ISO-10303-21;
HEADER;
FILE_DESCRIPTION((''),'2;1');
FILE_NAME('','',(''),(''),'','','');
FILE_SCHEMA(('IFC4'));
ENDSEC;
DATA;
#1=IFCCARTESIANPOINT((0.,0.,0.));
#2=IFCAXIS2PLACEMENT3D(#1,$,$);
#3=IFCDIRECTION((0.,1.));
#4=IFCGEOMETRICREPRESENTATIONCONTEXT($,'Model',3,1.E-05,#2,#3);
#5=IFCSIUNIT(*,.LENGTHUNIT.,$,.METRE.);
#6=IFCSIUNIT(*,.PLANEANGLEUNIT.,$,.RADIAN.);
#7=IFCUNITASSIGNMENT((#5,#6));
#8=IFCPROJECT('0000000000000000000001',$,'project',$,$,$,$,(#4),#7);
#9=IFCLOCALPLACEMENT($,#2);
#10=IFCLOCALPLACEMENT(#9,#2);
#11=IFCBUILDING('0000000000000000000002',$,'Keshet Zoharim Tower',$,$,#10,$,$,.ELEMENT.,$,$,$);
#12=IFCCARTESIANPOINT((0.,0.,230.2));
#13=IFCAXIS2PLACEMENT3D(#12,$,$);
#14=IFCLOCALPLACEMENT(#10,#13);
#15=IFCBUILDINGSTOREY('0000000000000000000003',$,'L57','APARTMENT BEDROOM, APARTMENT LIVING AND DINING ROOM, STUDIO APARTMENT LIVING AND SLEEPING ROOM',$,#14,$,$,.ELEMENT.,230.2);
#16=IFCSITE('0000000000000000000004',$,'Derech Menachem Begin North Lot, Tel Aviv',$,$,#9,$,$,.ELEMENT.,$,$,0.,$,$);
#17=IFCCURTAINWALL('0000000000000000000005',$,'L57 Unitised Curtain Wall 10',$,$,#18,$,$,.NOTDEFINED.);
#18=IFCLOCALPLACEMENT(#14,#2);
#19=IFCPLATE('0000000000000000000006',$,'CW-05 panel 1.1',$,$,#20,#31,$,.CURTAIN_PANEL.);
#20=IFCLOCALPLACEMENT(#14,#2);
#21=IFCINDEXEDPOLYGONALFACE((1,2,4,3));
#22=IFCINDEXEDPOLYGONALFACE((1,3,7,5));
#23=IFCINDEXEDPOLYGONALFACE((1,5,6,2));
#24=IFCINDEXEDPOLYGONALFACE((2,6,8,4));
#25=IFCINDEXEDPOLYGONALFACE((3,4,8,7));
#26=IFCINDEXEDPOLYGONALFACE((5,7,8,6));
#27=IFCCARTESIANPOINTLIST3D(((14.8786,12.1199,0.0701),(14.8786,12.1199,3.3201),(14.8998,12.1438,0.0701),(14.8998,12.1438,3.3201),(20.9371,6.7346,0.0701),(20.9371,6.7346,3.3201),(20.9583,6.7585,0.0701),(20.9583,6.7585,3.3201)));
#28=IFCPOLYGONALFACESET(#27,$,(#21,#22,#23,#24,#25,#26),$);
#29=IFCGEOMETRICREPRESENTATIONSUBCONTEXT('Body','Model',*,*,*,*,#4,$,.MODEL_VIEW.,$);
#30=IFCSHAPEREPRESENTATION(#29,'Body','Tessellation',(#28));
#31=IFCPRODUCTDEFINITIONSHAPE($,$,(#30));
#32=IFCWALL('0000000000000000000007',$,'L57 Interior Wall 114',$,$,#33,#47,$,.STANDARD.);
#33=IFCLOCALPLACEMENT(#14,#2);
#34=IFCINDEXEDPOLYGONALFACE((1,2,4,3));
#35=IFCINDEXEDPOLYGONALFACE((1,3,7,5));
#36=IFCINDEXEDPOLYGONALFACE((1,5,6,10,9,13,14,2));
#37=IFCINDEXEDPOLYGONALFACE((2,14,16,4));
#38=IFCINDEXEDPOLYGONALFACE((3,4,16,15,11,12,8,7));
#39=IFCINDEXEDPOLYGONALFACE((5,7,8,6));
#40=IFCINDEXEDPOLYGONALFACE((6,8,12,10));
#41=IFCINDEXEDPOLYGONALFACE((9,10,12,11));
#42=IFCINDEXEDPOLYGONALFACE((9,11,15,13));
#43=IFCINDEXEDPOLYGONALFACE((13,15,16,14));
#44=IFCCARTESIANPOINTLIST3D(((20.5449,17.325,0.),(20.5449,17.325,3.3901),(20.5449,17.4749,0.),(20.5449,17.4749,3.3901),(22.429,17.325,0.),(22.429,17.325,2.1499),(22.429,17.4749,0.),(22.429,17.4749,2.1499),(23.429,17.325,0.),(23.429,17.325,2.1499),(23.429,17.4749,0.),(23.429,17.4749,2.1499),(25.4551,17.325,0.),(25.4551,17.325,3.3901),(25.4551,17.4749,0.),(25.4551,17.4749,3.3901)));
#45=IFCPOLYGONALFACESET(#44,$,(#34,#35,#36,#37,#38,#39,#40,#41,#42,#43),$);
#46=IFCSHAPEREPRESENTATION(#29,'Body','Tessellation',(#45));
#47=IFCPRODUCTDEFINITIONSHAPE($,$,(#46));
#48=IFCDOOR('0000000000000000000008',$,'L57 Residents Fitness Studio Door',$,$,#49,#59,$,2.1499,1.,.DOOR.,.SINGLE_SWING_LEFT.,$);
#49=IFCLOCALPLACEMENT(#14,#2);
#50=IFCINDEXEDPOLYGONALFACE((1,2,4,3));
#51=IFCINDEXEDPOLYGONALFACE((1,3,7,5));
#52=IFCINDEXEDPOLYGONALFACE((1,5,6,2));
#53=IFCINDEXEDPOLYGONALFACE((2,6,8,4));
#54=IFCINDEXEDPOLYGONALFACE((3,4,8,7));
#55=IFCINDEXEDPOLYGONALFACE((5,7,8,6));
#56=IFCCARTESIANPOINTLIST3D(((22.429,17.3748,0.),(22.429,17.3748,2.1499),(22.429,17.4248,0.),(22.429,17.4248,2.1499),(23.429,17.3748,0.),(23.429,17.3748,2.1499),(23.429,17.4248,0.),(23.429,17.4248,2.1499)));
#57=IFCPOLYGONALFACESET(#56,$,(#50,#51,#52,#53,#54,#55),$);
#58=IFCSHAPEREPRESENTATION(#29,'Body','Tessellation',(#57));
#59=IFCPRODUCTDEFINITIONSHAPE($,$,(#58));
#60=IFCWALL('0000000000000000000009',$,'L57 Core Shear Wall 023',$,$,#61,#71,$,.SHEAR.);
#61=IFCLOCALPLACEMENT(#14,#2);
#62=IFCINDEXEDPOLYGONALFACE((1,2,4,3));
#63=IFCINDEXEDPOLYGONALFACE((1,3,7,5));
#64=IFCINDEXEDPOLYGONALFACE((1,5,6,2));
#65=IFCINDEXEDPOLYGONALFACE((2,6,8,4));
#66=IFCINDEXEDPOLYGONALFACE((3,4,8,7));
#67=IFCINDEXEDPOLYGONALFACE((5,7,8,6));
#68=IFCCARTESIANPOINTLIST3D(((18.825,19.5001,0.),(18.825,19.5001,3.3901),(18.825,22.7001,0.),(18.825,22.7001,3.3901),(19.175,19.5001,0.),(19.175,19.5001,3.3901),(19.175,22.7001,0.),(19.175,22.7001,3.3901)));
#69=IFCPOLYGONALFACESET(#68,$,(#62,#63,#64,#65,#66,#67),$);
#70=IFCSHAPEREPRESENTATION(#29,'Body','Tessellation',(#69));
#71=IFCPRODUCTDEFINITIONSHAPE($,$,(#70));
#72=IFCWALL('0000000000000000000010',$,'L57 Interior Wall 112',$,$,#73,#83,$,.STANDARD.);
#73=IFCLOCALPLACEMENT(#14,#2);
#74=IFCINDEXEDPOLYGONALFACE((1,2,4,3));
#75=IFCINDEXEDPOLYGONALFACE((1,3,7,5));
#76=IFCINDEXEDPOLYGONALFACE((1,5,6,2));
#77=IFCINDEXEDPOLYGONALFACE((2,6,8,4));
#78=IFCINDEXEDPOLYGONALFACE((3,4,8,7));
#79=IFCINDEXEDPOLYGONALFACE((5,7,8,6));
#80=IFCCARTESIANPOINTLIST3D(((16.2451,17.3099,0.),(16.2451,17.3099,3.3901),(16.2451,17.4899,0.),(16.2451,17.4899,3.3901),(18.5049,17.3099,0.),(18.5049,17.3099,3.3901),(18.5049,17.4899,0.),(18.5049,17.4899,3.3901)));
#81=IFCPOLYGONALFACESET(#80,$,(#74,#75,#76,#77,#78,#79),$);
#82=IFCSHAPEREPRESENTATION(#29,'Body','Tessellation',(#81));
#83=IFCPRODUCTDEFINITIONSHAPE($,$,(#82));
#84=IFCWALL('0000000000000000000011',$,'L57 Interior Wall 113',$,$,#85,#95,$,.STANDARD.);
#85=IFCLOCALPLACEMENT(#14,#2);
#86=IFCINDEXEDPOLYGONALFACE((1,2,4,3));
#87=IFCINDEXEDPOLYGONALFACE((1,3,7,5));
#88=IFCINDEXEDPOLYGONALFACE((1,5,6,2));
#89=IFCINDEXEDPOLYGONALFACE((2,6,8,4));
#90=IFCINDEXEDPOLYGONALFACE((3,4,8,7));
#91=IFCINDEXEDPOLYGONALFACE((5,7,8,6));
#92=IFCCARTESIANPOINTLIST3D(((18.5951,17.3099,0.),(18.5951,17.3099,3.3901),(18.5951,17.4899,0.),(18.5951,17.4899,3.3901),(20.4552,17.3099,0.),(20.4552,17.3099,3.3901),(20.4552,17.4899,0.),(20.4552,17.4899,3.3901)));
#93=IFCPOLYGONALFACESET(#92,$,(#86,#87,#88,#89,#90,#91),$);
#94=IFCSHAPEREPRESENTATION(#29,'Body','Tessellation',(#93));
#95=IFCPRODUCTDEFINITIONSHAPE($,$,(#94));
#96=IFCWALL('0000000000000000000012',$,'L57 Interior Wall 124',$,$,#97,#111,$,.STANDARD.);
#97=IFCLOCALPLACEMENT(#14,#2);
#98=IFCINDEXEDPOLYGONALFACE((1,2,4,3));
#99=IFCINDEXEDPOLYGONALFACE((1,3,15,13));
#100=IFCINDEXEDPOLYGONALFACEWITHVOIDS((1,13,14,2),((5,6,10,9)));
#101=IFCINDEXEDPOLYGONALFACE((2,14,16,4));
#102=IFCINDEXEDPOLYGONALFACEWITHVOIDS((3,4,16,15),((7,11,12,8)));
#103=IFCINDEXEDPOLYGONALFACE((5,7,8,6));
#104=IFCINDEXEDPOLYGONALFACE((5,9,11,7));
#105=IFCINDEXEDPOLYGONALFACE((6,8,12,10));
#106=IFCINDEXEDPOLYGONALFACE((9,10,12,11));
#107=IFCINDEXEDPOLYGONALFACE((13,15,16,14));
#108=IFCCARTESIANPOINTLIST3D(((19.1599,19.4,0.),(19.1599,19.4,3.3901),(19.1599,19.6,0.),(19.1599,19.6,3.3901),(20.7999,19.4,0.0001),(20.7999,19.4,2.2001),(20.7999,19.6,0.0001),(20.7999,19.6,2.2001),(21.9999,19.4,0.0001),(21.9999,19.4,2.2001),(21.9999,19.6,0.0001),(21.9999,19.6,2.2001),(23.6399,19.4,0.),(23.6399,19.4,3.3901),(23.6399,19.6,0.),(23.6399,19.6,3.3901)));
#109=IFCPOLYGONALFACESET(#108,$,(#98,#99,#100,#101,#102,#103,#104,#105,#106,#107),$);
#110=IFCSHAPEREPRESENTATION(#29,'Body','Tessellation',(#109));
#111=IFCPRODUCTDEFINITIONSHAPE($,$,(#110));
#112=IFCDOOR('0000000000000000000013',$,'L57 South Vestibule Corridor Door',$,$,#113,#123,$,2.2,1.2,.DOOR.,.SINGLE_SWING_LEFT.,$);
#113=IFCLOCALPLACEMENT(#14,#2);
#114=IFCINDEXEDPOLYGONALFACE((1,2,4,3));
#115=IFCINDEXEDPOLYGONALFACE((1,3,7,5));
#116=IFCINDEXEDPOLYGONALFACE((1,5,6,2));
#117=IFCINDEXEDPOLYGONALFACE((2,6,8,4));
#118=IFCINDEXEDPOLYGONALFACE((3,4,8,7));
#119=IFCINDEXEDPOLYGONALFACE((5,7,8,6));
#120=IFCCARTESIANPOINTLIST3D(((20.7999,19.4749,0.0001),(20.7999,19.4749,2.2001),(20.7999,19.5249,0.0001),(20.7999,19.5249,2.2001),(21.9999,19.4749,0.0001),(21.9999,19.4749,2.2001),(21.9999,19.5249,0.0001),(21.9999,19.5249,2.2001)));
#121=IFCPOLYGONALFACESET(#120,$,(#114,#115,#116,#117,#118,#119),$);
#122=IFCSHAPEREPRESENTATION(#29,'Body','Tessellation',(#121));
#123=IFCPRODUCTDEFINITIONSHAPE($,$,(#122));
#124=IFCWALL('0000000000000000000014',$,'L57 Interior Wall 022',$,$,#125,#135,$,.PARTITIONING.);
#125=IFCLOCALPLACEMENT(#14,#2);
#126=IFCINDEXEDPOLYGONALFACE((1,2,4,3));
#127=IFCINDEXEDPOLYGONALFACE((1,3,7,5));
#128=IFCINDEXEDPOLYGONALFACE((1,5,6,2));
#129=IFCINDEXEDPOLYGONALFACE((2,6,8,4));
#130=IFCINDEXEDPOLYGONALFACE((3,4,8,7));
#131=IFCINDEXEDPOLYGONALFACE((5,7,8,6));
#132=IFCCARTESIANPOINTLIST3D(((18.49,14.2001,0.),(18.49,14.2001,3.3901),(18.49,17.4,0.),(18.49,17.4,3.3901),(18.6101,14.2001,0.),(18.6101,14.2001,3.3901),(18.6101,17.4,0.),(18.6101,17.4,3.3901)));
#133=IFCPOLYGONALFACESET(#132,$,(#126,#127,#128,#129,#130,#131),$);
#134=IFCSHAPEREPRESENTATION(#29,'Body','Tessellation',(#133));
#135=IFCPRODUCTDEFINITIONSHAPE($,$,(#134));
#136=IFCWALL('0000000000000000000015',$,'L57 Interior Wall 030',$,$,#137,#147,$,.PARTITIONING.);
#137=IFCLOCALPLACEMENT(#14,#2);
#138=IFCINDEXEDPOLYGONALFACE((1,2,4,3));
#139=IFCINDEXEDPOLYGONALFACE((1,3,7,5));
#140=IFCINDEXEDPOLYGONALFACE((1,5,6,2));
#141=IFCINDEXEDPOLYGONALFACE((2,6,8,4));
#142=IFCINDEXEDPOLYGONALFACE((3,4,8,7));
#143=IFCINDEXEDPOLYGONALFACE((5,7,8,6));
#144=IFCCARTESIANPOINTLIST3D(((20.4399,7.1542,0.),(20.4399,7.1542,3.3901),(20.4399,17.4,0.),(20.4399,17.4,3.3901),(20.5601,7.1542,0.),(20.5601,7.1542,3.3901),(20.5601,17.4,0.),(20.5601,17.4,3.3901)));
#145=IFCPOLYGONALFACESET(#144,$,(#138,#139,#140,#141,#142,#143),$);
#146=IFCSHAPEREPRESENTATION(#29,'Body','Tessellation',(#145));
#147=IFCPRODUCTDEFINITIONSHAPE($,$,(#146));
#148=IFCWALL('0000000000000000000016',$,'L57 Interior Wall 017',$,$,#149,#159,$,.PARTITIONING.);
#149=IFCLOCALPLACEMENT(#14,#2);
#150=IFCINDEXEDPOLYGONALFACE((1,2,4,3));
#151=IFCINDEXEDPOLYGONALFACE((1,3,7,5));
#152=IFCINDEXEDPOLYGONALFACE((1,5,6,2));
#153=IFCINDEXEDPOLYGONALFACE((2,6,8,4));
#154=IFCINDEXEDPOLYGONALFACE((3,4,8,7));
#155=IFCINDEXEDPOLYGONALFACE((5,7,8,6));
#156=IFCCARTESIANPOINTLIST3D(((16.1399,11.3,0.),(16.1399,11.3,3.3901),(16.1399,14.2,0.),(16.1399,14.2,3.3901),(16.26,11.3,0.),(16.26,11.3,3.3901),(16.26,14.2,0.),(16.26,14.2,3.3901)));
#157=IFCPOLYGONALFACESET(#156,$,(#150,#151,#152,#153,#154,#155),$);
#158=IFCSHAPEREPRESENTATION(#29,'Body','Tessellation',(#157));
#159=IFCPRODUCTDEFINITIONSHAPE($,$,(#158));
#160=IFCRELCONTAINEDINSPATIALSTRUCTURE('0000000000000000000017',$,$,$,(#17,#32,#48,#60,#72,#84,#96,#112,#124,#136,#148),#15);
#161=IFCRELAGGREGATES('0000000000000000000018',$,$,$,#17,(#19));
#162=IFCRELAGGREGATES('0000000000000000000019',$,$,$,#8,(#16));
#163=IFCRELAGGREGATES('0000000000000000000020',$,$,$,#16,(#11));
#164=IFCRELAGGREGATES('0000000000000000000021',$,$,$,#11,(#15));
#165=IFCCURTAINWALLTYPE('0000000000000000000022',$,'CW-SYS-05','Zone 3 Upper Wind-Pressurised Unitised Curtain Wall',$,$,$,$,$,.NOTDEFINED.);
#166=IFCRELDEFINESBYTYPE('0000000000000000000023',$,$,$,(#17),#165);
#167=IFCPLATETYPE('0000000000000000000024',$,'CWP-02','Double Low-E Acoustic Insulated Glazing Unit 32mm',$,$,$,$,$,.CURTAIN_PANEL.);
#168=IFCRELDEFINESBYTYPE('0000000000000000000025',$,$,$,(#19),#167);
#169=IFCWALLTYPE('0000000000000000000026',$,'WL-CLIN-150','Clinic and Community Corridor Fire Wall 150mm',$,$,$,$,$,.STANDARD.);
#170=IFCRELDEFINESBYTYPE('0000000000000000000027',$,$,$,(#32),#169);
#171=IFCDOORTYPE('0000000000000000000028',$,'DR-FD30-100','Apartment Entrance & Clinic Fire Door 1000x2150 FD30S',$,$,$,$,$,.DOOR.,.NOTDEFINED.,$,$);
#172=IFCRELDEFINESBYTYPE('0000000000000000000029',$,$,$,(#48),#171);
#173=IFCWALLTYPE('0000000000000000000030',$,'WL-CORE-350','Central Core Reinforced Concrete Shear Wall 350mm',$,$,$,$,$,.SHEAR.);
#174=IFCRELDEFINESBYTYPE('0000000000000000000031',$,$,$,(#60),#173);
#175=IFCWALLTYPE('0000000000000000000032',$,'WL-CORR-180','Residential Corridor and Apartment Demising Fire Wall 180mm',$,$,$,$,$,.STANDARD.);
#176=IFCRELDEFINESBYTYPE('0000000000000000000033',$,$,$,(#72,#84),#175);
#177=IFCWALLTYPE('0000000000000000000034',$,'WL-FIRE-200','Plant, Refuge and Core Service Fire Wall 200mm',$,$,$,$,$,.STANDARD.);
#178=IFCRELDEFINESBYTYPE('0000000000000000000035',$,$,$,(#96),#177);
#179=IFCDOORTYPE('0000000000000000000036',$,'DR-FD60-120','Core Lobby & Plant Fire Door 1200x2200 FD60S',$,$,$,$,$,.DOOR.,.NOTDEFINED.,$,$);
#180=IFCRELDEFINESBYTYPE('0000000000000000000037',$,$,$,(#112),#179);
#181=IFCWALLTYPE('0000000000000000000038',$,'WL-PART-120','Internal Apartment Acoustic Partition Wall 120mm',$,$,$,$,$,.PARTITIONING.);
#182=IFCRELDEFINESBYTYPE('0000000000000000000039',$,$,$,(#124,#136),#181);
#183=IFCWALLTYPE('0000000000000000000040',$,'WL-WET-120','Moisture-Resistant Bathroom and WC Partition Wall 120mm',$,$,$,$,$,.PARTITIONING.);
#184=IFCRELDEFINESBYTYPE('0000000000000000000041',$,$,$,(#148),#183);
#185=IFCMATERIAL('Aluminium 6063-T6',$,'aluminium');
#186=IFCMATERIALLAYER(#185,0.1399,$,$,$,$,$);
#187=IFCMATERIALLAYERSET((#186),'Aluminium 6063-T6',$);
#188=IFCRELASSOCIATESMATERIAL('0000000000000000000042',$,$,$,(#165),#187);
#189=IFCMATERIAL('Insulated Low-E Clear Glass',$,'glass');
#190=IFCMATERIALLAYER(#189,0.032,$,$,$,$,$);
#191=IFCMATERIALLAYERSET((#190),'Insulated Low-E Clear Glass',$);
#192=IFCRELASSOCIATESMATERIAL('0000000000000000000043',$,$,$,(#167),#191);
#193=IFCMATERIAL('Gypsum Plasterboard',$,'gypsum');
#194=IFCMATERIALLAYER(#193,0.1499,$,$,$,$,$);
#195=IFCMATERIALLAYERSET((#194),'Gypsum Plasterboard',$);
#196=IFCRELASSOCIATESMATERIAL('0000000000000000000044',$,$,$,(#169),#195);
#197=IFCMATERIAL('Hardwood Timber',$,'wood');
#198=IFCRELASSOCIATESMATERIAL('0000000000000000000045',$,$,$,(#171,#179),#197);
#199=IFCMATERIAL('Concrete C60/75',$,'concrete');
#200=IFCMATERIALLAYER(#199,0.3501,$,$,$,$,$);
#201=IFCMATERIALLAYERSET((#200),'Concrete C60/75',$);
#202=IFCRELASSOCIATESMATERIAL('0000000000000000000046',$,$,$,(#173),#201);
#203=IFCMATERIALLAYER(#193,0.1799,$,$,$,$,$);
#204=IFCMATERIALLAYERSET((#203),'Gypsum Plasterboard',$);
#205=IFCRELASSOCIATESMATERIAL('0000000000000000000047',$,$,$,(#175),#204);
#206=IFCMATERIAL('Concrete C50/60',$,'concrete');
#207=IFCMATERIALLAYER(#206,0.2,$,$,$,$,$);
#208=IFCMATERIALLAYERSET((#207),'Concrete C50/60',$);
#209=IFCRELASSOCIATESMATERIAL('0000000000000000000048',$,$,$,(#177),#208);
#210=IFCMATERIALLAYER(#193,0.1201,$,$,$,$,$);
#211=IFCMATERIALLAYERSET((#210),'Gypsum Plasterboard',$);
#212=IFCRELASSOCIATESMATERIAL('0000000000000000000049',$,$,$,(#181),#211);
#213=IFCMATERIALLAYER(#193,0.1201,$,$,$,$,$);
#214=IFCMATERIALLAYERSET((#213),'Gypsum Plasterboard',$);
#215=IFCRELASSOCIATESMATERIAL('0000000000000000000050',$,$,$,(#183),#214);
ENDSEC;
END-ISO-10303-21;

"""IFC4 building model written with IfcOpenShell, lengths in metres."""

from ifc_helpers import new_model, si_unit, direction, frame, frame_2d, origin, origin_2d, place, context, subcontext, project, spatial, rectangle, extrude, material, layer, layer_set, type_object, element, fill, aggregate, save


model = new_model("IFC4")

# Units and contexts
model_context = context("Model", 3, precision=1e-05, world=origin(), true_north=direction((0.0, 1.0)))
body_context = subcontext(model_context, "Body", "Model", "MODEL_VIEW")
ifc_project = project(units=[si_unit("LENGTHUNIT", "METRE"), si_unit("PLANEANGLEUNIT", "RADIAN")], contexts=[model_context])

# Site, building, storey
site_placement = place(None, origin())
site = spatial("IfcSite", under=ifc_project, at=site_placement, Name="Derech Menachem Begin North Lot, Tel Aviv", CompositionType="ELEMENT", RefElevation=0.0)
building_placement = place(site_placement, origin())
building = spatial("IfcBuilding", under=site, at=building_placement, Name="Keshet Zoharim Tower", CompositionType="ELEMENT")
storey_placement = place(building_placement, frame((0.0, 0.0, 230.2)))
storey = spatial("IfcBuildingStorey", under=building, at=storey_placement, Name="L57", Description="APARTMENT BEDROOM, APARTMENT LIVING AND DINING ROOM, STUDIO APARTMENT LIVING AND SLEEPING ROOM", CompositionType="ELEMENT", Elevation=230.2)

# Curtain wall, plate
ifc_material_1 = material(Name="Aluminium 6063-T6", Category="aluminium")
ifc_layer_1 = layer(ifc_material_1, 0.1399)
ifc_layer_set_1 = layer_set([ifc_layer_1], Name="Aluminium 6063-T6")
curtain_wall_type = type_object("IfcCurtainWallType", Name="CW-SYS-05", Description="Zone 3 Upper Wind-Pressurised Unitised Curtain Wall", PredefinedType="NOTDEFINED", material=ifc_layer_set_1)
curtain_wall_placement = place(storey_placement, origin())
curtain_wall = element("IfcCurtainWall", 1, at=curtain_wall_placement, inside=storey, type_object=curtain_wall_type, Name="L57 Unitised Curtain Wall 10", PredefinedType="NOTDEFINED")
ifc_material_2 = material(Name="Insulated Low-E Clear Glass", Category="glass")
ifc_layer_2 = layer(ifc_material_2, 0.032)
ifc_layer_set_2 = layer_set([ifc_layer_2], Name="Insulated Low-E Clear Glass")
plate_type = type_object("IfcPlateType", Name="CWP-02", Description="Double Low-E Acoustic Insulated Glazing Unit 32mm", PredefinedType="CURTAIN_PANEL", material=ifc_layer_set_2)
plate_placement = place(storey_placement, frame((17.9185, 9.4392, 0.0701), z_axis=(0.0, 0.0, 1.0), x_axis=(-0.74741, 0.664363, 0.0)))
plate = element("IfcPlate", 2, at=plate_placement, type_object=plate_type, Name="CW-05 panel 1.1", PredefinedType="CURTAIN_PANEL", context=body_context, shape_type="SweptSolid", body=[
    extrude(rectangle(XDim=8.106, YDim=0.032, at=origin_2d()), origin(), (0.0, 0.0, 1.0), 3.25),
])
aggregate(curtain_wall, [plate])

# Wall, opening, door
ifc_material_3 = material(Name="Gypsum Plasterboard", Category="gypsum")
ifc_layer_3 = layer(ifc_material_3, 0.1499)
ifc_layer_set_3 = layer_set([ifc_layer_3], Name="Gypsum Plasterboard")
wall_type_1 = type_object("IfcWallType", Name="WL-CLIN-150", Description="Clinic and Community Corridor Fire Wall 150mm", PredefinedType="STANDARD", material=ifc_layer_set_3)
wall_1_placement = place(storey_placement, frame((20.5449, 17.3999, 0.0), z_axis=(0.0, 0.0, 1.0), x_axis=(1.0, 0.0, 0.0)))
wall_1 = element("IfcWall", 3, at=wall_1_placement, inside=storey, type_object=wall_type_1, Name="L57 Interior Wall 114", PredefinedType="STANDARD", context=body_context, shape_type="SweptSolid", body=[
    extrude(rectangle(XDim=4.9102, YDim=0.1499, at=frame_2d((2.4551, 0.0))), origin(), (0.0, 0.0, 1.0), 3.3901),
])
opening_1_placement = place(wall_1_placement, frame((1.884, 0.0, 0.0)))
opening_1 = element("IfcOpeningElement", 4, at=opening_1_placement, cuts=wall_1, PredefinedType="OPENING", context=body_context, shape_type="SweptSolid", body=[
    extrude(rectangle(XDim=1.0, YDim=2.1499, at=frame_2d((0.5, 1.075))), frame((0.0, 0.085, 0.0), z_axis=(0.0, -1.0, 0.0), x_axis=(1.0, 0.0, 0.0)), (0.0, 0.0, 1.0), 0.1699),
])
ifc_material_4 = material(Name="Hardwood Timber", Category="wood")
door_type_1 = type_object("IfcDoorType", Name="DR-FD30-100", Description="Apartment Entrance & Clinic Fire Door 1000x2150 FD30S", OperationType="NOTDEFINED", PredefinedType="DOOR", material=ifc_material_4)
door_1_placement = place(opening_1_placement, origin())
door_1 = element("IfcDoor", 5, at=door_1_placement, inside=storey, type_object=door_type_1, Name="L57 Residents Fitness Studio Door", OperationType="SINGLE_SWING_LEFT", OverallHeight=2.1499, OverallWidth=1.0, PredefinedType="DOOR", context=body_context, shape_type="SweptSolid", body=[
    extrude(rectangle(XDim=1.0, YDim=2.1499, at=frame_2d((0.5, 1.075))), frame((0.0, 0.0249, 0.0), z_axis=(0.0, -1.0, 0.0), x_axis=(1.0, 0.0, 0.0)), (0.0, 0.0, 1.0), 0.05),
])
fill(opening_1, door_1)

# Walls
ifc_material_5 = material(Name="Concrete C60/75", Category="concrete")
ifc_layer_4 = layer(ifc_material_5, 0.3501)
ifc_layer_set_4 = layer_set([ifc_layer_4], Name="Concrete C60/75")
wall_type_2 = type_object("IfcWallType", Name="WL-CORE-350", Description="Central Core Reinforced Concrete Shear Wall 350mm", PredefinedType="SHEAR", material=ifc_layer_set_4)
wall_2_placement = place(storey_placement, frame((19.0, 19.5, 0.0), z_axis=(0.0, 0.0, 1.0), x_axis=(0.0, 1.0, 0.0)))
element("IfcWall", 6, at=wall_2_placement, inside=storey, type_object=wall_type_2, Name="L57 Core Shear Wall 023", PredefinedType="SHEAR", context=body_context, shape_type="SweptSolid", body=[
    extrude(rectangle(XDim=3.2, YDim=0.3501, at=frame_2d((1.6001, 0.0))), origin(), (0.0, 0.0, 1.0), 3.3901),
])
ifc_layer_5 = layer(ifc_material_3, 0.1799)
ifc_layer_set_5 = layer_set([ifc_layer_5], Name="Gypsum Plasterboard")
wall_type_3 = type_object("IfcWallType", Name="WL-CORR-180", Description="Residential Corridor and Apartment Demising Fire Wall 180mm", PredefinedType="STANDARD", material=ifc_layer_set_5)
wall_3_placement = place(storey_placement, frame((16.2451, 17.3999, 0.0), z_axis=(0.0, 0.0, 1.0), x_axis=(1.0, 0.0, 0.0)))
element("IfcWall", 7, at=wall_3_placement, inside=storey, type_object=wall_type_3, Name="L57 Interior Wall 112", PredefinedType="STANDARD", context=body_context, shape_type="SweptSolid", body=[
    extrude(rectangle(XDim=2.2598, YDim=0.1799, at=frame_2d((1.1299, 0.0))), origin(), (0.0, 0.0, 1.0), 3.3901),
])
wall_4_placement = place(storey_placement, frame((18.595, 17.3999, 0.0), z_axis=(0.0, 0.0, 1.0), x_axis=(1.0, 0.0, 0.0)))
element("IfcWall", 8, at=wall_4_placement, inside=storey, type_object=wall_type_3, Name="L57 Interior Wall 113", PredefinedType="STANDARD", context=body_context, shape_type="SweptSolid", body=[
    extrude(rectangle(XDim=1.8601, YDim=0.1799, at=frame_2d((0.9302, 0.0))), origin(), (0.0, 0.0, 1.0), 3.3901),
])

# Wall, opening, door
ifc_material_6 = material(Name="Concrete C50/60", Category="concrete")
ifc_layer_6 = layer(ifc_material_6, 0.2)
ifc_layer_set_6 = layer_set([ifc_layer_6], Name="Concrete C50/60")
wall_type_4 = type_object("IfcWallType", Name="WL-FIRE-200", Description="Plant, Refuge and Core Service Fire Wall 200mm", PredefinedType="STANDARD", material=ifc_layer_set_6)
wall_5_placement = place(storey_placement, frame((19.1599, 19.5, 0.0), z_axis=(0.0, 0.0, 1.0), x_axis=(1.0, 0.0, 0.0)))
wall_5 = element("IfcWall", 9, at=wall_5_placement, inside=storey, type_object=wall_type_4, Name="L57 Interior Wall 124", PredefinedType="STANDARD", context=body_context, shape_type="SweptSolid", body=[
    extrude(rectangle(XDim=4.48, YDim=0.2, at=frame_2d((2.24, 0.0))), origin(), (0.0, 0.0, 1.0), 3.3901),
])
opening_2_placement = place(wall_5_placement, frame((1.6399, 0.0, 0.0)))
opening_2 = element("IfcOpeningElement", 10, at=opening_2_placement, cuts=wall_5, PredefinedType="OPENING", context=body_context, shape_type="SweptSolid", body=[
    extrude(rectangle(XDim=1.2, YDim=2.2, at=frame_2d((0.6001, 1.1001))), frame((0.0, 0.1099, 0.0), z_axis=(0.0, -1.0, 0.0), x_axis=(1.0, 0.0, 0.0)), (0.0, 0.0, 1.0), 0.22),
])
door_type_2 = type_object("IfcDoorType", Name="DR-FD60-120", Description="Core Lobby & Plant Fire Door 1200x2200 FD60S", OperationType="NOTDEFINED", PredefinedType="DOOR", material=ifc_material_4)
door_2_placement = place(opening_2_placement, origin())
door_2 = element("IfcDoor", 11, at=door_2_placement, inside=storey, type_object=door_type_2, Name="L57 South Vestibule Corridor Door", OperationType="SINGLE_SWING_LEFT", OverallHeight=2.2, OverallWidth=1.2, PredefinedType="DOOR", context=body_context, shape_type="SweptSolid", body=[
    extrude(rectangle(XDim=1.2, YDim=2.2, at=frame_2d((0.6001, 1.1001))), frame((0.0, 0.0249, 0.0), z_axis=(0.0, -1.0, 0.0), x_axis=(1.0, 0.0, 0.0)), (0.0, 0.0, 1.0), 0.05),
])
fill(opening_2, door_2)
ifc_layer_7 = layer(ifc_material_3, 0.1201)
ifc_layer_set_7 = layer_set([ifc_layer_7], Name="Gypsum Plasterboard")
wall_type_5 = type_object("IfcWallType", Name="WL-PART-120", Description="Internal Apartment Acoustic Partition Wall 120mm", PredefinedType="PARTITIONING", material=ifc_layer_set_7)

# Walls
wall_6_placement = place(storey_placement, frame((18.55, 14.2, 0.0), z_axis=(0.0, 0.0, 1.0), x_axis=(0.0, 1.0, 0.0)))
element("IfcWall", 12, at=wall_6_placement, inside=storey, type_object=wall_type_5, Name="L57 Interior Wall 022", PredefinedType="PARTITIONING", context=body_context, shape_type="SweptSolid", body=[
    extrude(rectangle(XDim=3.2, YDim=0.1201, at=frame_2d((1.6001, 0.0))), origin(), (0.0, 0.0, 1.0), 3.3901),
])
wall_7_placement = place(storey_placement, frame((20.5, 7.1541, 0.0), z_axis=(0.0, 0.0, 1.0), x_axis=(0.0, 1.0, 0.0)))
element("IfcWall", 13, at=wall_7_placement, inside=storey, type_object=wall_type_5, Name="L57 Interior Wall 030", PredefinedType="PARTITIONING", context=body_context, shape_type="SweptSolid", body=[
    extrude(rectangle(XDim=10.2458, YDim=0.1201, at=frame_2d((5.123, 0.0))), origin(), (0.0, 0.0, 1.0), 3.3901),
])
ifc_layer_8 = layer(ifc_material_3, 0.1201)
ifc_layer_set_8 = layer_set([ifc_layer_8], Name="Gypsum Plasterboard")
wall_type_6 = type_object("IfcWallType", Name="WL-WET-120", Description="Moisture-Resistant Bathroom and WC Partition Wall 120mm", PredefinedType="PARTITIONING", material=ifc_layer_set_8)
wall_8_placement = place(storey_placement, frame((16.2, 11.3, 0.0), z_axis=(0.0, 0.0, 1.0), x_axis=(0.0, 1.0, 0.0)))
element("IfcWall", 14, at=wall_8_placement, inside=storey, type_object=wall_type_6, Name="L57 Interior Wall 017", PredefinedType="PARTITIONING", context=body_context, shape_type="SweptSolid", body=[
    extrude(rectangle(XDim=2.8999, YDim=0.1201, at=frame_2d((1.45, 0.0))), origin(), (0.0, 0.0, 1.0), 3.3901),
])

save(model, "model.ifc")
